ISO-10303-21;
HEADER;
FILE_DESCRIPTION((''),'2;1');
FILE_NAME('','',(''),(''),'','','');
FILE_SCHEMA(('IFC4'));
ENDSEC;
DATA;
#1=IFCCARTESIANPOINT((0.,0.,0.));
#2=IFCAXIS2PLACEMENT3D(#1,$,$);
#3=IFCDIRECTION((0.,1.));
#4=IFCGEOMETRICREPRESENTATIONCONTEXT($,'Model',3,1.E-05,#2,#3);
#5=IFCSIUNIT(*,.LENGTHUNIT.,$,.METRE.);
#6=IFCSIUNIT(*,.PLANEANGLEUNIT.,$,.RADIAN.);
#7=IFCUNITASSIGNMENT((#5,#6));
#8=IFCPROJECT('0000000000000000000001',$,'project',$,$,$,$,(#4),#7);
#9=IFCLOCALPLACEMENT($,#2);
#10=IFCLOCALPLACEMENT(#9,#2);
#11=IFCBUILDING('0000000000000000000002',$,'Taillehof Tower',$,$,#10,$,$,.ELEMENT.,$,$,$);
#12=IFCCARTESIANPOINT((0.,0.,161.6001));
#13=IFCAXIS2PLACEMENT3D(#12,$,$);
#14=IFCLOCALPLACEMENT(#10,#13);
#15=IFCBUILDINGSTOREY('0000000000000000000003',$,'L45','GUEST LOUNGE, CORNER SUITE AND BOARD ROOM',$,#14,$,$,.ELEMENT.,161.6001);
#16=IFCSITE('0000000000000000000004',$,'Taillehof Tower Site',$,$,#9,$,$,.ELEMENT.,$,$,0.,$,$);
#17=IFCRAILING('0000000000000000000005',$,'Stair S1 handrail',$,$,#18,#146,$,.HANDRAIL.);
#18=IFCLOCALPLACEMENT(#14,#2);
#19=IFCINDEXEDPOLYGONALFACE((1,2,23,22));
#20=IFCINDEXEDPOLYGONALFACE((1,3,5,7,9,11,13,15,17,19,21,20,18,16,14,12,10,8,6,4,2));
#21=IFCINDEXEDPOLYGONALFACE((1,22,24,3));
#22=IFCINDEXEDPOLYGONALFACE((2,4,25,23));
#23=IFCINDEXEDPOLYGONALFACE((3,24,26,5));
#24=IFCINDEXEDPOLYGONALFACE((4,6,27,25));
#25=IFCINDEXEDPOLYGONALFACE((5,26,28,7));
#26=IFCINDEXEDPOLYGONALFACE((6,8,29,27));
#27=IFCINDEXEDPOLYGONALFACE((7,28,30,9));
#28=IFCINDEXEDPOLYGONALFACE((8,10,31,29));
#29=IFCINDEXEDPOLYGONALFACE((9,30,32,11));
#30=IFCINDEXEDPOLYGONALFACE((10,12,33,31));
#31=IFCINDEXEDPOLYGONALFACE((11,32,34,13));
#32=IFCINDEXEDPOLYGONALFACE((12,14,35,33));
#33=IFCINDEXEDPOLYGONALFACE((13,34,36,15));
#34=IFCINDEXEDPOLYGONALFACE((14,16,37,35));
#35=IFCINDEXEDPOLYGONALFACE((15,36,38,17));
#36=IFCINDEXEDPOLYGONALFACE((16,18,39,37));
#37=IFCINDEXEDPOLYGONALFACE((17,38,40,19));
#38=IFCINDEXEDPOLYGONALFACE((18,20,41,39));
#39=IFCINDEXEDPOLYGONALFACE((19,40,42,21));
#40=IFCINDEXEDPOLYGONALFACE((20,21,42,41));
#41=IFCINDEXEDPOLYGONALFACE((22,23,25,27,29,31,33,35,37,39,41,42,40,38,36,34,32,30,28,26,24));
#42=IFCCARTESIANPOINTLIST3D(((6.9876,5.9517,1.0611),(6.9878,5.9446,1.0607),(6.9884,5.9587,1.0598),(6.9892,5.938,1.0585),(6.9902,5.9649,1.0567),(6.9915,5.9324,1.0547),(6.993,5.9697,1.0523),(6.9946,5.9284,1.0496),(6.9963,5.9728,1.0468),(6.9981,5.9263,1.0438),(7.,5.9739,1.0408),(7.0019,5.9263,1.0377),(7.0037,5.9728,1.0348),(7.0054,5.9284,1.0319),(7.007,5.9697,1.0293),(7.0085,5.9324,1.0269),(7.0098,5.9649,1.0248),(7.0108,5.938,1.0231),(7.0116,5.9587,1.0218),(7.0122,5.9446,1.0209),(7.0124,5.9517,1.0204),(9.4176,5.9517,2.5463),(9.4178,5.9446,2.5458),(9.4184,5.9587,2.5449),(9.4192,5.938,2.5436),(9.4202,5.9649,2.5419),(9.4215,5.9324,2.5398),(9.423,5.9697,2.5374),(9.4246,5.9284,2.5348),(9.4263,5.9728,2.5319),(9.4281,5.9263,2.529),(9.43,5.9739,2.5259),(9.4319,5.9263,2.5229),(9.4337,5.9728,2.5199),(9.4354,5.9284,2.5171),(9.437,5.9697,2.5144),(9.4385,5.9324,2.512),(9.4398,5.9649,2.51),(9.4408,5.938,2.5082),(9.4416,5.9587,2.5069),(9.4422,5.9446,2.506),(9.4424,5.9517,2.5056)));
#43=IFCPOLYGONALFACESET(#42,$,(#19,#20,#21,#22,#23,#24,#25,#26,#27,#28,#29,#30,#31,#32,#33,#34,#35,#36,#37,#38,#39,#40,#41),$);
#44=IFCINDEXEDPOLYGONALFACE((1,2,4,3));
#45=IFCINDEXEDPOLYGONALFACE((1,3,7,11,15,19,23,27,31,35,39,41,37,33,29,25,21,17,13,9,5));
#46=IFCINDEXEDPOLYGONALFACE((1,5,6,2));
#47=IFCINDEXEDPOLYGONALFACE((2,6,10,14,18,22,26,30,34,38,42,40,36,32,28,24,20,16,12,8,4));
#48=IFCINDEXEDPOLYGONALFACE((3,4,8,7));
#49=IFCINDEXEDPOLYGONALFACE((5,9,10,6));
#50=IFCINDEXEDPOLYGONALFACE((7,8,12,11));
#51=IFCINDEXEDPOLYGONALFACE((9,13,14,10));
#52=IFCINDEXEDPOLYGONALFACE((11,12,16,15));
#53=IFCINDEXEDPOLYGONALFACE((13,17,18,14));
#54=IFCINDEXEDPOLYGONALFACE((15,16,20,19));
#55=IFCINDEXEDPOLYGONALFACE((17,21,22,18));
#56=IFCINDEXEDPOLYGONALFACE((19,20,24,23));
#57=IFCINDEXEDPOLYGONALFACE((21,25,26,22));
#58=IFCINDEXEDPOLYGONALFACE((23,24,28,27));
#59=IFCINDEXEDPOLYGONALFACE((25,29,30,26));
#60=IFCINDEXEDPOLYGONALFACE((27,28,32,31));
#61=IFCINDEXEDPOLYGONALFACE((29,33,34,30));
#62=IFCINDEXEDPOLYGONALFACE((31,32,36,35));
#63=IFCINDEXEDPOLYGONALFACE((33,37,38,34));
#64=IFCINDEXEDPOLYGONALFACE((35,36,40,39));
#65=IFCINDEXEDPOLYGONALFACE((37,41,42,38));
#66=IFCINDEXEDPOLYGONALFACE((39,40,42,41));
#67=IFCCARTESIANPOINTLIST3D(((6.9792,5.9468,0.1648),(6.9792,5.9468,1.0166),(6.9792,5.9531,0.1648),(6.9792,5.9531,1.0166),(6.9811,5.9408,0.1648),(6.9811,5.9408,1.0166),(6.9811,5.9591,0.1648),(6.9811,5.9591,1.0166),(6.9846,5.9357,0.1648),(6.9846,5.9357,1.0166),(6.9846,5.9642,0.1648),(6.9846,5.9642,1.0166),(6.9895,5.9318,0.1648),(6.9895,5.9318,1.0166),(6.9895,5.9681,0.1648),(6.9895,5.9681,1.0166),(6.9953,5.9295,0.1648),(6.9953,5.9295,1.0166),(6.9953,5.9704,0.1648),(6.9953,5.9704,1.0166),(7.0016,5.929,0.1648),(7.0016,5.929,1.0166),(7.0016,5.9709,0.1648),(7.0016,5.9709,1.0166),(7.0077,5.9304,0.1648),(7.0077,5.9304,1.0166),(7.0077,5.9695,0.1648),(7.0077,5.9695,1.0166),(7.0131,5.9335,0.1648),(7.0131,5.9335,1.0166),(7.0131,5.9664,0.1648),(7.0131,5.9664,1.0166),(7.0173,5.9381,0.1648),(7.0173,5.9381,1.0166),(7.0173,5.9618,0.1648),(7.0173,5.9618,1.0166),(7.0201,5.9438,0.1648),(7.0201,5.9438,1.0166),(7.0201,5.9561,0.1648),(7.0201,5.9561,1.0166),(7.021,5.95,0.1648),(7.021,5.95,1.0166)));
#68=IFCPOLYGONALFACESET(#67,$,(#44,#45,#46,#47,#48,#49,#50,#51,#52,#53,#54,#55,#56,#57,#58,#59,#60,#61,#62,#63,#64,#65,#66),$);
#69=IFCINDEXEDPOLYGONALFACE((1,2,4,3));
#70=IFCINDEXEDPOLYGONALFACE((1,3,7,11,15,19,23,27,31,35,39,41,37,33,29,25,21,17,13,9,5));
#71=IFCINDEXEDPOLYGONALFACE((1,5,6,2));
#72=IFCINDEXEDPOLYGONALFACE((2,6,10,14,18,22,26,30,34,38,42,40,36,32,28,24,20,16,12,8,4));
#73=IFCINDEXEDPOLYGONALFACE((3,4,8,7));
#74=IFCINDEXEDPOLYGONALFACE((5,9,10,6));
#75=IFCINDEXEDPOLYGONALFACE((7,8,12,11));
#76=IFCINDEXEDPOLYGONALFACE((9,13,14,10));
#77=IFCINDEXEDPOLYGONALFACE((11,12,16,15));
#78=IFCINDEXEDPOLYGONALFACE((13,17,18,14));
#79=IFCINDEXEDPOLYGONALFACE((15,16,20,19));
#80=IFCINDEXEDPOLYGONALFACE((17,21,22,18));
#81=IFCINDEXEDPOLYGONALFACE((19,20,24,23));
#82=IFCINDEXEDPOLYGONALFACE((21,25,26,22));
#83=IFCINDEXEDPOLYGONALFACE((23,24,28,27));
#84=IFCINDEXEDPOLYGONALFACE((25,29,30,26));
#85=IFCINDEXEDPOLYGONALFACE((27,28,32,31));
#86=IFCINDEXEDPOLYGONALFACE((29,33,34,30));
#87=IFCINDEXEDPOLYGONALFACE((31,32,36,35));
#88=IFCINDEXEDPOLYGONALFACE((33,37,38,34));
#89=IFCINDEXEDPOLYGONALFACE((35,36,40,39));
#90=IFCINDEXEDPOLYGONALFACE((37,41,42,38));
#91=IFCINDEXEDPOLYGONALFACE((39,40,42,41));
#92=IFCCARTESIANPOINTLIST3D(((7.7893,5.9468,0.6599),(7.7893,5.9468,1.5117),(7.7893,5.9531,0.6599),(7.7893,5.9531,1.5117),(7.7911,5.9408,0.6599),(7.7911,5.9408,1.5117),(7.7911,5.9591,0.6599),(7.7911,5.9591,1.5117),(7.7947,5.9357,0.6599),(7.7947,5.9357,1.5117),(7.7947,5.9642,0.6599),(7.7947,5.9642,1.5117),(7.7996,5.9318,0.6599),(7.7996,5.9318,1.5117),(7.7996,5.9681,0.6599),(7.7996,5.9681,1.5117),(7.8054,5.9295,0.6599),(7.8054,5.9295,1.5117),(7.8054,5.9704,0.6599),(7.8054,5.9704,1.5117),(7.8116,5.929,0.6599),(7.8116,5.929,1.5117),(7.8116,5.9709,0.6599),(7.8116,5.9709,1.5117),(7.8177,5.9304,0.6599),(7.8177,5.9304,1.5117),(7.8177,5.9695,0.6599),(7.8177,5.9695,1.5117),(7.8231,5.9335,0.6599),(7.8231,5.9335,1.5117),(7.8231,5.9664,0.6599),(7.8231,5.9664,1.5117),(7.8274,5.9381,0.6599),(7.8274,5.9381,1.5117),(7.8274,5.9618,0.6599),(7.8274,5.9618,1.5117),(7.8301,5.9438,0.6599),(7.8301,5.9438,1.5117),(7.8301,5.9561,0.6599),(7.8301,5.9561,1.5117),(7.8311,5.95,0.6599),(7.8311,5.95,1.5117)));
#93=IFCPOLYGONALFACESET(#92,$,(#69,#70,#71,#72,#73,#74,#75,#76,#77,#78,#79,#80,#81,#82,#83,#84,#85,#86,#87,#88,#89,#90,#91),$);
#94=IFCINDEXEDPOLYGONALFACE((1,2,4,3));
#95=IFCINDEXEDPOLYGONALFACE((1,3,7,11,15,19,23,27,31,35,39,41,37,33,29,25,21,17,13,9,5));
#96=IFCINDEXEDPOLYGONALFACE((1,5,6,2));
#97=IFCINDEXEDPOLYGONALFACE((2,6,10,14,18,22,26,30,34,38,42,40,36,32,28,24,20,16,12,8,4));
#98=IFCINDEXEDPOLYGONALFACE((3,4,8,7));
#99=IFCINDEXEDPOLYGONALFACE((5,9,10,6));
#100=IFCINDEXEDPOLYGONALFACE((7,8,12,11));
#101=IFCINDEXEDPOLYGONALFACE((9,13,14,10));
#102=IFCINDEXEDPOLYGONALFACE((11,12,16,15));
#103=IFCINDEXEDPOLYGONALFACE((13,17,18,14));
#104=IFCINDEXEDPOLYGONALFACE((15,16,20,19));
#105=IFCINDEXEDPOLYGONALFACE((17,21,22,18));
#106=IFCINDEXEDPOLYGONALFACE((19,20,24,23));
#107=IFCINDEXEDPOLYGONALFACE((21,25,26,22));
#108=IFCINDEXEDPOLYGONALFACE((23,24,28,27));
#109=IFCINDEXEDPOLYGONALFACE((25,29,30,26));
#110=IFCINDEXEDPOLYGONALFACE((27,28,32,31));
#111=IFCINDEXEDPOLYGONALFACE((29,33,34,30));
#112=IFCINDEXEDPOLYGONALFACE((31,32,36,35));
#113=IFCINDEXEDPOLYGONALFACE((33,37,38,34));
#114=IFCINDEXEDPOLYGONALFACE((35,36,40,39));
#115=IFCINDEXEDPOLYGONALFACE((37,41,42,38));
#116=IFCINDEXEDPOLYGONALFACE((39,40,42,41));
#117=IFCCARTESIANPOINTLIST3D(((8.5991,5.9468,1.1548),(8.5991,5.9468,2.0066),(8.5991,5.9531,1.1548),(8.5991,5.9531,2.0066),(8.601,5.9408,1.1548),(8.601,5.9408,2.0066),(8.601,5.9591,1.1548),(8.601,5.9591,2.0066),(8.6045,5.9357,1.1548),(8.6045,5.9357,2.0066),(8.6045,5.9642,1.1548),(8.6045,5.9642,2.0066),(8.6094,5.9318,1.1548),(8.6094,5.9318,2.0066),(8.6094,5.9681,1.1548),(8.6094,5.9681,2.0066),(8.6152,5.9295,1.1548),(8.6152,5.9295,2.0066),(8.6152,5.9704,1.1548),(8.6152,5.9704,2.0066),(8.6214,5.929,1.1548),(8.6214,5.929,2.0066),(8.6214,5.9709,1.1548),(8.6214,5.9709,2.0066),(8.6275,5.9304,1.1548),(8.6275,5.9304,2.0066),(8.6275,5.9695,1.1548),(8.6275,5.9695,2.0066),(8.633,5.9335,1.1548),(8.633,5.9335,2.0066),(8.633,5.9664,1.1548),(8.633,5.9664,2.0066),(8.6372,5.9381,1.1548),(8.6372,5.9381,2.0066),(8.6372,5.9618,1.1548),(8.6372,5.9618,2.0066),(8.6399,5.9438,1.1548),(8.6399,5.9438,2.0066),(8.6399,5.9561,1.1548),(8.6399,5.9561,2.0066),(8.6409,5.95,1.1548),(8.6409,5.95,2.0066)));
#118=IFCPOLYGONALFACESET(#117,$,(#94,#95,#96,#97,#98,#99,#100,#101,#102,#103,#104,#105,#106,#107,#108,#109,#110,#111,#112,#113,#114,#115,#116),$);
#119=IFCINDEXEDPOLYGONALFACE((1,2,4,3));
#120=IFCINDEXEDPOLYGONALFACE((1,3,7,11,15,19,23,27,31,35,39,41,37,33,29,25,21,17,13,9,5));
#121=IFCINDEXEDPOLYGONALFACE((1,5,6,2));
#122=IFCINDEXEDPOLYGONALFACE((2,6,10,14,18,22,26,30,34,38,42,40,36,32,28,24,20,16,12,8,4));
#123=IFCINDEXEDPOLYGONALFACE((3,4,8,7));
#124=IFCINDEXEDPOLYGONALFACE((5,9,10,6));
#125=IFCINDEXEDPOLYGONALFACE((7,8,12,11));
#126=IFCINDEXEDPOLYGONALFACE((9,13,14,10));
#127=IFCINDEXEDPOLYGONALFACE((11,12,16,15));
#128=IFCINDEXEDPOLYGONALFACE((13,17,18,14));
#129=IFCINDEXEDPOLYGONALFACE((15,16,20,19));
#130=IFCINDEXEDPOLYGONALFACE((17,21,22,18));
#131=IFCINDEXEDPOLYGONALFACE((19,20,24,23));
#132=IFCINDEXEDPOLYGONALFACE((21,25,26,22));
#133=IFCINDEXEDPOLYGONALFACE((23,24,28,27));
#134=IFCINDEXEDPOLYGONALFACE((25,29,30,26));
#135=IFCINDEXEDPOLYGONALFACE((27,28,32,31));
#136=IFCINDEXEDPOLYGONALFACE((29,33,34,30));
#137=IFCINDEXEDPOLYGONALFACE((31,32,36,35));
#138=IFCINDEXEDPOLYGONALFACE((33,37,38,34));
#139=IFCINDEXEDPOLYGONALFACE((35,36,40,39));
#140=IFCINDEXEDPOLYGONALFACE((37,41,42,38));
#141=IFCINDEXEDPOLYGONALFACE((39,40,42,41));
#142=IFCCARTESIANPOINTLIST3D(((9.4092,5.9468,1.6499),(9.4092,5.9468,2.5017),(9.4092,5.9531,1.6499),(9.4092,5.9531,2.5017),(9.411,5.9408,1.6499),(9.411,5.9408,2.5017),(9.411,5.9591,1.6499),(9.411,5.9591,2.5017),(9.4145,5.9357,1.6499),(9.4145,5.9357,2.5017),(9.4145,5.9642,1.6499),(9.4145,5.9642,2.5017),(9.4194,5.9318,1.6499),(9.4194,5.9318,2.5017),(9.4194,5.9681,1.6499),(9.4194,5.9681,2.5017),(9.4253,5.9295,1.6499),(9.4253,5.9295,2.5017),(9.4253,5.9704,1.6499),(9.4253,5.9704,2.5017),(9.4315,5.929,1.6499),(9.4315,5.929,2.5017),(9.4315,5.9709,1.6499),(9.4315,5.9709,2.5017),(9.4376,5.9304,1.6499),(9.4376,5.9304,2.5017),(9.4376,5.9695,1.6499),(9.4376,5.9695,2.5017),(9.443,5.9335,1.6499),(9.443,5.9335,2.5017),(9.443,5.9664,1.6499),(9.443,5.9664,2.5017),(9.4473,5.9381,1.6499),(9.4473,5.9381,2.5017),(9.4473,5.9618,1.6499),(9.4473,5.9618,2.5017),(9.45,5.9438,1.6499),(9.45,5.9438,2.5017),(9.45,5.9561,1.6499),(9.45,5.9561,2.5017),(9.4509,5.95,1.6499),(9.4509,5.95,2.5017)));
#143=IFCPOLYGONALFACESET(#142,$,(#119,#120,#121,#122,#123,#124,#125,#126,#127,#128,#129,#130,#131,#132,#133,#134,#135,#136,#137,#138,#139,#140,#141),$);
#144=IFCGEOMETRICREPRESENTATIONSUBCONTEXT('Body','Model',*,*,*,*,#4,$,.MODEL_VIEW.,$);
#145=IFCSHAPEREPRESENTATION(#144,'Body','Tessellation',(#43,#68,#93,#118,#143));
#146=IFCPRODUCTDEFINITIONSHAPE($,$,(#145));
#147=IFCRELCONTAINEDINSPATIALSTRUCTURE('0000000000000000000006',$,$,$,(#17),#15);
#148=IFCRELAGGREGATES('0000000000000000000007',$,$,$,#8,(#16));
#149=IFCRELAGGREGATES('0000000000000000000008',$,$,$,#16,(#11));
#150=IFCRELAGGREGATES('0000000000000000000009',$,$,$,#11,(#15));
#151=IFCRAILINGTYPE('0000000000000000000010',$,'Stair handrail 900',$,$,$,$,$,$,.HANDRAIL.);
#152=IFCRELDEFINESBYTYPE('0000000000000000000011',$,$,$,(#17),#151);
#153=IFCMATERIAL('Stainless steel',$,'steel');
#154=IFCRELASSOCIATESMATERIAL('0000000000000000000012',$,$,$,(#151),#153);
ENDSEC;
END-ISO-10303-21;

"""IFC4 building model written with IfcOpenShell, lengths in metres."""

from ifc_helpers import new_model, si_unit, direction, frame, origin, origin_2d, place, context, subcontext, project, spatial, circle, extrude, material, type_object, element, save


model = new_model("IFC4")

# Units and contexts
model_context = context("Model", 3, precision=1e-05, world=origin(), true_north=direction((0.0, 1.0)))
body_context = subcontext(model_context, "Body", "Model", "MODEL_VIEW")
ifc_project = project(units=[si_unit("LENGTHUNIT", "METRE"), si_unit("PLANEANGLEUNIT", "RADIAN")], contexts=[model_context])

# Site, building, storey
site_placement = place(None, origin())
site = spatial("IfcSite", under=ifc_project, at=site_placement, Name="Taillehof Tower Site", CompositionType="ELEMENT", RefElevation=0.0)
building_placement = place(site_placement, origin())
building = spatial("IfcBuilding", under=site, at=building_placement, Name="Taillehof Tower", CompositionType="ELEMENT")
storey_placement = place(building_placement, frame((0.0, 0.0, 161.6001)))
storey = spatial("IfcBuildingStorey", under=building, at=storey_placement, Name="L45", Description="GUEST LOUNGE, CORNER SUITE AND BOARD ROOM", CompositionType="ELEMENT", Elevation=161.6001)

# Railing
ifc_material_1 = material(Name="Stainless steel", Category="steel")
railing_type = type_object("IfcRailingType", Name="Stair handrail 900", PredefinedType="HANDRAIL", material=ifc_material_1)
railing_placement = place(storey_placement, frame((7.0, 5.95, 0.1648)))
element("IfcRailing", 1, at=railing_placement, inside=storey, type_object=railing_type, Name="Stair S1 handrail", PredefinedType="HANDRAIL", context=body_context, shape_type="SweptSolid", body=[
    extrude(circle(Radius=0.0239, at=origin_2d()), frame((0.0, 0.0, 0.876), z_axis=(0.853259, 0.0, 0.521488), x_axis=(0.0, 1.0, 0.0)), (0.0, 0.0, 1.0), 2.8479),
    extrude(circle(Radius=0.021, at=origin_2d()), origin(), (0.0, 0.0, 1.0), 0.8518),
    extrude(circle(Radius=0.021, at=origin_2d()), frame((0.8101, 0.0, 0.4951)), (0.0, 0.0, 1.0), 0.8518),
    extrude(circle(Radius=0.021, at=origin_2d()), frame((1.6199, 0.0, 0.99)), (0.0, 0.0, 1.0), 0.8518),
    extrude(circle(Radius=0.021, at=origin_2d()), frame((2.4299, 0.0, 1.4851)), (0.0, 0.0, 1.0), 0.8518),
])

save(model, "model.ifc")
